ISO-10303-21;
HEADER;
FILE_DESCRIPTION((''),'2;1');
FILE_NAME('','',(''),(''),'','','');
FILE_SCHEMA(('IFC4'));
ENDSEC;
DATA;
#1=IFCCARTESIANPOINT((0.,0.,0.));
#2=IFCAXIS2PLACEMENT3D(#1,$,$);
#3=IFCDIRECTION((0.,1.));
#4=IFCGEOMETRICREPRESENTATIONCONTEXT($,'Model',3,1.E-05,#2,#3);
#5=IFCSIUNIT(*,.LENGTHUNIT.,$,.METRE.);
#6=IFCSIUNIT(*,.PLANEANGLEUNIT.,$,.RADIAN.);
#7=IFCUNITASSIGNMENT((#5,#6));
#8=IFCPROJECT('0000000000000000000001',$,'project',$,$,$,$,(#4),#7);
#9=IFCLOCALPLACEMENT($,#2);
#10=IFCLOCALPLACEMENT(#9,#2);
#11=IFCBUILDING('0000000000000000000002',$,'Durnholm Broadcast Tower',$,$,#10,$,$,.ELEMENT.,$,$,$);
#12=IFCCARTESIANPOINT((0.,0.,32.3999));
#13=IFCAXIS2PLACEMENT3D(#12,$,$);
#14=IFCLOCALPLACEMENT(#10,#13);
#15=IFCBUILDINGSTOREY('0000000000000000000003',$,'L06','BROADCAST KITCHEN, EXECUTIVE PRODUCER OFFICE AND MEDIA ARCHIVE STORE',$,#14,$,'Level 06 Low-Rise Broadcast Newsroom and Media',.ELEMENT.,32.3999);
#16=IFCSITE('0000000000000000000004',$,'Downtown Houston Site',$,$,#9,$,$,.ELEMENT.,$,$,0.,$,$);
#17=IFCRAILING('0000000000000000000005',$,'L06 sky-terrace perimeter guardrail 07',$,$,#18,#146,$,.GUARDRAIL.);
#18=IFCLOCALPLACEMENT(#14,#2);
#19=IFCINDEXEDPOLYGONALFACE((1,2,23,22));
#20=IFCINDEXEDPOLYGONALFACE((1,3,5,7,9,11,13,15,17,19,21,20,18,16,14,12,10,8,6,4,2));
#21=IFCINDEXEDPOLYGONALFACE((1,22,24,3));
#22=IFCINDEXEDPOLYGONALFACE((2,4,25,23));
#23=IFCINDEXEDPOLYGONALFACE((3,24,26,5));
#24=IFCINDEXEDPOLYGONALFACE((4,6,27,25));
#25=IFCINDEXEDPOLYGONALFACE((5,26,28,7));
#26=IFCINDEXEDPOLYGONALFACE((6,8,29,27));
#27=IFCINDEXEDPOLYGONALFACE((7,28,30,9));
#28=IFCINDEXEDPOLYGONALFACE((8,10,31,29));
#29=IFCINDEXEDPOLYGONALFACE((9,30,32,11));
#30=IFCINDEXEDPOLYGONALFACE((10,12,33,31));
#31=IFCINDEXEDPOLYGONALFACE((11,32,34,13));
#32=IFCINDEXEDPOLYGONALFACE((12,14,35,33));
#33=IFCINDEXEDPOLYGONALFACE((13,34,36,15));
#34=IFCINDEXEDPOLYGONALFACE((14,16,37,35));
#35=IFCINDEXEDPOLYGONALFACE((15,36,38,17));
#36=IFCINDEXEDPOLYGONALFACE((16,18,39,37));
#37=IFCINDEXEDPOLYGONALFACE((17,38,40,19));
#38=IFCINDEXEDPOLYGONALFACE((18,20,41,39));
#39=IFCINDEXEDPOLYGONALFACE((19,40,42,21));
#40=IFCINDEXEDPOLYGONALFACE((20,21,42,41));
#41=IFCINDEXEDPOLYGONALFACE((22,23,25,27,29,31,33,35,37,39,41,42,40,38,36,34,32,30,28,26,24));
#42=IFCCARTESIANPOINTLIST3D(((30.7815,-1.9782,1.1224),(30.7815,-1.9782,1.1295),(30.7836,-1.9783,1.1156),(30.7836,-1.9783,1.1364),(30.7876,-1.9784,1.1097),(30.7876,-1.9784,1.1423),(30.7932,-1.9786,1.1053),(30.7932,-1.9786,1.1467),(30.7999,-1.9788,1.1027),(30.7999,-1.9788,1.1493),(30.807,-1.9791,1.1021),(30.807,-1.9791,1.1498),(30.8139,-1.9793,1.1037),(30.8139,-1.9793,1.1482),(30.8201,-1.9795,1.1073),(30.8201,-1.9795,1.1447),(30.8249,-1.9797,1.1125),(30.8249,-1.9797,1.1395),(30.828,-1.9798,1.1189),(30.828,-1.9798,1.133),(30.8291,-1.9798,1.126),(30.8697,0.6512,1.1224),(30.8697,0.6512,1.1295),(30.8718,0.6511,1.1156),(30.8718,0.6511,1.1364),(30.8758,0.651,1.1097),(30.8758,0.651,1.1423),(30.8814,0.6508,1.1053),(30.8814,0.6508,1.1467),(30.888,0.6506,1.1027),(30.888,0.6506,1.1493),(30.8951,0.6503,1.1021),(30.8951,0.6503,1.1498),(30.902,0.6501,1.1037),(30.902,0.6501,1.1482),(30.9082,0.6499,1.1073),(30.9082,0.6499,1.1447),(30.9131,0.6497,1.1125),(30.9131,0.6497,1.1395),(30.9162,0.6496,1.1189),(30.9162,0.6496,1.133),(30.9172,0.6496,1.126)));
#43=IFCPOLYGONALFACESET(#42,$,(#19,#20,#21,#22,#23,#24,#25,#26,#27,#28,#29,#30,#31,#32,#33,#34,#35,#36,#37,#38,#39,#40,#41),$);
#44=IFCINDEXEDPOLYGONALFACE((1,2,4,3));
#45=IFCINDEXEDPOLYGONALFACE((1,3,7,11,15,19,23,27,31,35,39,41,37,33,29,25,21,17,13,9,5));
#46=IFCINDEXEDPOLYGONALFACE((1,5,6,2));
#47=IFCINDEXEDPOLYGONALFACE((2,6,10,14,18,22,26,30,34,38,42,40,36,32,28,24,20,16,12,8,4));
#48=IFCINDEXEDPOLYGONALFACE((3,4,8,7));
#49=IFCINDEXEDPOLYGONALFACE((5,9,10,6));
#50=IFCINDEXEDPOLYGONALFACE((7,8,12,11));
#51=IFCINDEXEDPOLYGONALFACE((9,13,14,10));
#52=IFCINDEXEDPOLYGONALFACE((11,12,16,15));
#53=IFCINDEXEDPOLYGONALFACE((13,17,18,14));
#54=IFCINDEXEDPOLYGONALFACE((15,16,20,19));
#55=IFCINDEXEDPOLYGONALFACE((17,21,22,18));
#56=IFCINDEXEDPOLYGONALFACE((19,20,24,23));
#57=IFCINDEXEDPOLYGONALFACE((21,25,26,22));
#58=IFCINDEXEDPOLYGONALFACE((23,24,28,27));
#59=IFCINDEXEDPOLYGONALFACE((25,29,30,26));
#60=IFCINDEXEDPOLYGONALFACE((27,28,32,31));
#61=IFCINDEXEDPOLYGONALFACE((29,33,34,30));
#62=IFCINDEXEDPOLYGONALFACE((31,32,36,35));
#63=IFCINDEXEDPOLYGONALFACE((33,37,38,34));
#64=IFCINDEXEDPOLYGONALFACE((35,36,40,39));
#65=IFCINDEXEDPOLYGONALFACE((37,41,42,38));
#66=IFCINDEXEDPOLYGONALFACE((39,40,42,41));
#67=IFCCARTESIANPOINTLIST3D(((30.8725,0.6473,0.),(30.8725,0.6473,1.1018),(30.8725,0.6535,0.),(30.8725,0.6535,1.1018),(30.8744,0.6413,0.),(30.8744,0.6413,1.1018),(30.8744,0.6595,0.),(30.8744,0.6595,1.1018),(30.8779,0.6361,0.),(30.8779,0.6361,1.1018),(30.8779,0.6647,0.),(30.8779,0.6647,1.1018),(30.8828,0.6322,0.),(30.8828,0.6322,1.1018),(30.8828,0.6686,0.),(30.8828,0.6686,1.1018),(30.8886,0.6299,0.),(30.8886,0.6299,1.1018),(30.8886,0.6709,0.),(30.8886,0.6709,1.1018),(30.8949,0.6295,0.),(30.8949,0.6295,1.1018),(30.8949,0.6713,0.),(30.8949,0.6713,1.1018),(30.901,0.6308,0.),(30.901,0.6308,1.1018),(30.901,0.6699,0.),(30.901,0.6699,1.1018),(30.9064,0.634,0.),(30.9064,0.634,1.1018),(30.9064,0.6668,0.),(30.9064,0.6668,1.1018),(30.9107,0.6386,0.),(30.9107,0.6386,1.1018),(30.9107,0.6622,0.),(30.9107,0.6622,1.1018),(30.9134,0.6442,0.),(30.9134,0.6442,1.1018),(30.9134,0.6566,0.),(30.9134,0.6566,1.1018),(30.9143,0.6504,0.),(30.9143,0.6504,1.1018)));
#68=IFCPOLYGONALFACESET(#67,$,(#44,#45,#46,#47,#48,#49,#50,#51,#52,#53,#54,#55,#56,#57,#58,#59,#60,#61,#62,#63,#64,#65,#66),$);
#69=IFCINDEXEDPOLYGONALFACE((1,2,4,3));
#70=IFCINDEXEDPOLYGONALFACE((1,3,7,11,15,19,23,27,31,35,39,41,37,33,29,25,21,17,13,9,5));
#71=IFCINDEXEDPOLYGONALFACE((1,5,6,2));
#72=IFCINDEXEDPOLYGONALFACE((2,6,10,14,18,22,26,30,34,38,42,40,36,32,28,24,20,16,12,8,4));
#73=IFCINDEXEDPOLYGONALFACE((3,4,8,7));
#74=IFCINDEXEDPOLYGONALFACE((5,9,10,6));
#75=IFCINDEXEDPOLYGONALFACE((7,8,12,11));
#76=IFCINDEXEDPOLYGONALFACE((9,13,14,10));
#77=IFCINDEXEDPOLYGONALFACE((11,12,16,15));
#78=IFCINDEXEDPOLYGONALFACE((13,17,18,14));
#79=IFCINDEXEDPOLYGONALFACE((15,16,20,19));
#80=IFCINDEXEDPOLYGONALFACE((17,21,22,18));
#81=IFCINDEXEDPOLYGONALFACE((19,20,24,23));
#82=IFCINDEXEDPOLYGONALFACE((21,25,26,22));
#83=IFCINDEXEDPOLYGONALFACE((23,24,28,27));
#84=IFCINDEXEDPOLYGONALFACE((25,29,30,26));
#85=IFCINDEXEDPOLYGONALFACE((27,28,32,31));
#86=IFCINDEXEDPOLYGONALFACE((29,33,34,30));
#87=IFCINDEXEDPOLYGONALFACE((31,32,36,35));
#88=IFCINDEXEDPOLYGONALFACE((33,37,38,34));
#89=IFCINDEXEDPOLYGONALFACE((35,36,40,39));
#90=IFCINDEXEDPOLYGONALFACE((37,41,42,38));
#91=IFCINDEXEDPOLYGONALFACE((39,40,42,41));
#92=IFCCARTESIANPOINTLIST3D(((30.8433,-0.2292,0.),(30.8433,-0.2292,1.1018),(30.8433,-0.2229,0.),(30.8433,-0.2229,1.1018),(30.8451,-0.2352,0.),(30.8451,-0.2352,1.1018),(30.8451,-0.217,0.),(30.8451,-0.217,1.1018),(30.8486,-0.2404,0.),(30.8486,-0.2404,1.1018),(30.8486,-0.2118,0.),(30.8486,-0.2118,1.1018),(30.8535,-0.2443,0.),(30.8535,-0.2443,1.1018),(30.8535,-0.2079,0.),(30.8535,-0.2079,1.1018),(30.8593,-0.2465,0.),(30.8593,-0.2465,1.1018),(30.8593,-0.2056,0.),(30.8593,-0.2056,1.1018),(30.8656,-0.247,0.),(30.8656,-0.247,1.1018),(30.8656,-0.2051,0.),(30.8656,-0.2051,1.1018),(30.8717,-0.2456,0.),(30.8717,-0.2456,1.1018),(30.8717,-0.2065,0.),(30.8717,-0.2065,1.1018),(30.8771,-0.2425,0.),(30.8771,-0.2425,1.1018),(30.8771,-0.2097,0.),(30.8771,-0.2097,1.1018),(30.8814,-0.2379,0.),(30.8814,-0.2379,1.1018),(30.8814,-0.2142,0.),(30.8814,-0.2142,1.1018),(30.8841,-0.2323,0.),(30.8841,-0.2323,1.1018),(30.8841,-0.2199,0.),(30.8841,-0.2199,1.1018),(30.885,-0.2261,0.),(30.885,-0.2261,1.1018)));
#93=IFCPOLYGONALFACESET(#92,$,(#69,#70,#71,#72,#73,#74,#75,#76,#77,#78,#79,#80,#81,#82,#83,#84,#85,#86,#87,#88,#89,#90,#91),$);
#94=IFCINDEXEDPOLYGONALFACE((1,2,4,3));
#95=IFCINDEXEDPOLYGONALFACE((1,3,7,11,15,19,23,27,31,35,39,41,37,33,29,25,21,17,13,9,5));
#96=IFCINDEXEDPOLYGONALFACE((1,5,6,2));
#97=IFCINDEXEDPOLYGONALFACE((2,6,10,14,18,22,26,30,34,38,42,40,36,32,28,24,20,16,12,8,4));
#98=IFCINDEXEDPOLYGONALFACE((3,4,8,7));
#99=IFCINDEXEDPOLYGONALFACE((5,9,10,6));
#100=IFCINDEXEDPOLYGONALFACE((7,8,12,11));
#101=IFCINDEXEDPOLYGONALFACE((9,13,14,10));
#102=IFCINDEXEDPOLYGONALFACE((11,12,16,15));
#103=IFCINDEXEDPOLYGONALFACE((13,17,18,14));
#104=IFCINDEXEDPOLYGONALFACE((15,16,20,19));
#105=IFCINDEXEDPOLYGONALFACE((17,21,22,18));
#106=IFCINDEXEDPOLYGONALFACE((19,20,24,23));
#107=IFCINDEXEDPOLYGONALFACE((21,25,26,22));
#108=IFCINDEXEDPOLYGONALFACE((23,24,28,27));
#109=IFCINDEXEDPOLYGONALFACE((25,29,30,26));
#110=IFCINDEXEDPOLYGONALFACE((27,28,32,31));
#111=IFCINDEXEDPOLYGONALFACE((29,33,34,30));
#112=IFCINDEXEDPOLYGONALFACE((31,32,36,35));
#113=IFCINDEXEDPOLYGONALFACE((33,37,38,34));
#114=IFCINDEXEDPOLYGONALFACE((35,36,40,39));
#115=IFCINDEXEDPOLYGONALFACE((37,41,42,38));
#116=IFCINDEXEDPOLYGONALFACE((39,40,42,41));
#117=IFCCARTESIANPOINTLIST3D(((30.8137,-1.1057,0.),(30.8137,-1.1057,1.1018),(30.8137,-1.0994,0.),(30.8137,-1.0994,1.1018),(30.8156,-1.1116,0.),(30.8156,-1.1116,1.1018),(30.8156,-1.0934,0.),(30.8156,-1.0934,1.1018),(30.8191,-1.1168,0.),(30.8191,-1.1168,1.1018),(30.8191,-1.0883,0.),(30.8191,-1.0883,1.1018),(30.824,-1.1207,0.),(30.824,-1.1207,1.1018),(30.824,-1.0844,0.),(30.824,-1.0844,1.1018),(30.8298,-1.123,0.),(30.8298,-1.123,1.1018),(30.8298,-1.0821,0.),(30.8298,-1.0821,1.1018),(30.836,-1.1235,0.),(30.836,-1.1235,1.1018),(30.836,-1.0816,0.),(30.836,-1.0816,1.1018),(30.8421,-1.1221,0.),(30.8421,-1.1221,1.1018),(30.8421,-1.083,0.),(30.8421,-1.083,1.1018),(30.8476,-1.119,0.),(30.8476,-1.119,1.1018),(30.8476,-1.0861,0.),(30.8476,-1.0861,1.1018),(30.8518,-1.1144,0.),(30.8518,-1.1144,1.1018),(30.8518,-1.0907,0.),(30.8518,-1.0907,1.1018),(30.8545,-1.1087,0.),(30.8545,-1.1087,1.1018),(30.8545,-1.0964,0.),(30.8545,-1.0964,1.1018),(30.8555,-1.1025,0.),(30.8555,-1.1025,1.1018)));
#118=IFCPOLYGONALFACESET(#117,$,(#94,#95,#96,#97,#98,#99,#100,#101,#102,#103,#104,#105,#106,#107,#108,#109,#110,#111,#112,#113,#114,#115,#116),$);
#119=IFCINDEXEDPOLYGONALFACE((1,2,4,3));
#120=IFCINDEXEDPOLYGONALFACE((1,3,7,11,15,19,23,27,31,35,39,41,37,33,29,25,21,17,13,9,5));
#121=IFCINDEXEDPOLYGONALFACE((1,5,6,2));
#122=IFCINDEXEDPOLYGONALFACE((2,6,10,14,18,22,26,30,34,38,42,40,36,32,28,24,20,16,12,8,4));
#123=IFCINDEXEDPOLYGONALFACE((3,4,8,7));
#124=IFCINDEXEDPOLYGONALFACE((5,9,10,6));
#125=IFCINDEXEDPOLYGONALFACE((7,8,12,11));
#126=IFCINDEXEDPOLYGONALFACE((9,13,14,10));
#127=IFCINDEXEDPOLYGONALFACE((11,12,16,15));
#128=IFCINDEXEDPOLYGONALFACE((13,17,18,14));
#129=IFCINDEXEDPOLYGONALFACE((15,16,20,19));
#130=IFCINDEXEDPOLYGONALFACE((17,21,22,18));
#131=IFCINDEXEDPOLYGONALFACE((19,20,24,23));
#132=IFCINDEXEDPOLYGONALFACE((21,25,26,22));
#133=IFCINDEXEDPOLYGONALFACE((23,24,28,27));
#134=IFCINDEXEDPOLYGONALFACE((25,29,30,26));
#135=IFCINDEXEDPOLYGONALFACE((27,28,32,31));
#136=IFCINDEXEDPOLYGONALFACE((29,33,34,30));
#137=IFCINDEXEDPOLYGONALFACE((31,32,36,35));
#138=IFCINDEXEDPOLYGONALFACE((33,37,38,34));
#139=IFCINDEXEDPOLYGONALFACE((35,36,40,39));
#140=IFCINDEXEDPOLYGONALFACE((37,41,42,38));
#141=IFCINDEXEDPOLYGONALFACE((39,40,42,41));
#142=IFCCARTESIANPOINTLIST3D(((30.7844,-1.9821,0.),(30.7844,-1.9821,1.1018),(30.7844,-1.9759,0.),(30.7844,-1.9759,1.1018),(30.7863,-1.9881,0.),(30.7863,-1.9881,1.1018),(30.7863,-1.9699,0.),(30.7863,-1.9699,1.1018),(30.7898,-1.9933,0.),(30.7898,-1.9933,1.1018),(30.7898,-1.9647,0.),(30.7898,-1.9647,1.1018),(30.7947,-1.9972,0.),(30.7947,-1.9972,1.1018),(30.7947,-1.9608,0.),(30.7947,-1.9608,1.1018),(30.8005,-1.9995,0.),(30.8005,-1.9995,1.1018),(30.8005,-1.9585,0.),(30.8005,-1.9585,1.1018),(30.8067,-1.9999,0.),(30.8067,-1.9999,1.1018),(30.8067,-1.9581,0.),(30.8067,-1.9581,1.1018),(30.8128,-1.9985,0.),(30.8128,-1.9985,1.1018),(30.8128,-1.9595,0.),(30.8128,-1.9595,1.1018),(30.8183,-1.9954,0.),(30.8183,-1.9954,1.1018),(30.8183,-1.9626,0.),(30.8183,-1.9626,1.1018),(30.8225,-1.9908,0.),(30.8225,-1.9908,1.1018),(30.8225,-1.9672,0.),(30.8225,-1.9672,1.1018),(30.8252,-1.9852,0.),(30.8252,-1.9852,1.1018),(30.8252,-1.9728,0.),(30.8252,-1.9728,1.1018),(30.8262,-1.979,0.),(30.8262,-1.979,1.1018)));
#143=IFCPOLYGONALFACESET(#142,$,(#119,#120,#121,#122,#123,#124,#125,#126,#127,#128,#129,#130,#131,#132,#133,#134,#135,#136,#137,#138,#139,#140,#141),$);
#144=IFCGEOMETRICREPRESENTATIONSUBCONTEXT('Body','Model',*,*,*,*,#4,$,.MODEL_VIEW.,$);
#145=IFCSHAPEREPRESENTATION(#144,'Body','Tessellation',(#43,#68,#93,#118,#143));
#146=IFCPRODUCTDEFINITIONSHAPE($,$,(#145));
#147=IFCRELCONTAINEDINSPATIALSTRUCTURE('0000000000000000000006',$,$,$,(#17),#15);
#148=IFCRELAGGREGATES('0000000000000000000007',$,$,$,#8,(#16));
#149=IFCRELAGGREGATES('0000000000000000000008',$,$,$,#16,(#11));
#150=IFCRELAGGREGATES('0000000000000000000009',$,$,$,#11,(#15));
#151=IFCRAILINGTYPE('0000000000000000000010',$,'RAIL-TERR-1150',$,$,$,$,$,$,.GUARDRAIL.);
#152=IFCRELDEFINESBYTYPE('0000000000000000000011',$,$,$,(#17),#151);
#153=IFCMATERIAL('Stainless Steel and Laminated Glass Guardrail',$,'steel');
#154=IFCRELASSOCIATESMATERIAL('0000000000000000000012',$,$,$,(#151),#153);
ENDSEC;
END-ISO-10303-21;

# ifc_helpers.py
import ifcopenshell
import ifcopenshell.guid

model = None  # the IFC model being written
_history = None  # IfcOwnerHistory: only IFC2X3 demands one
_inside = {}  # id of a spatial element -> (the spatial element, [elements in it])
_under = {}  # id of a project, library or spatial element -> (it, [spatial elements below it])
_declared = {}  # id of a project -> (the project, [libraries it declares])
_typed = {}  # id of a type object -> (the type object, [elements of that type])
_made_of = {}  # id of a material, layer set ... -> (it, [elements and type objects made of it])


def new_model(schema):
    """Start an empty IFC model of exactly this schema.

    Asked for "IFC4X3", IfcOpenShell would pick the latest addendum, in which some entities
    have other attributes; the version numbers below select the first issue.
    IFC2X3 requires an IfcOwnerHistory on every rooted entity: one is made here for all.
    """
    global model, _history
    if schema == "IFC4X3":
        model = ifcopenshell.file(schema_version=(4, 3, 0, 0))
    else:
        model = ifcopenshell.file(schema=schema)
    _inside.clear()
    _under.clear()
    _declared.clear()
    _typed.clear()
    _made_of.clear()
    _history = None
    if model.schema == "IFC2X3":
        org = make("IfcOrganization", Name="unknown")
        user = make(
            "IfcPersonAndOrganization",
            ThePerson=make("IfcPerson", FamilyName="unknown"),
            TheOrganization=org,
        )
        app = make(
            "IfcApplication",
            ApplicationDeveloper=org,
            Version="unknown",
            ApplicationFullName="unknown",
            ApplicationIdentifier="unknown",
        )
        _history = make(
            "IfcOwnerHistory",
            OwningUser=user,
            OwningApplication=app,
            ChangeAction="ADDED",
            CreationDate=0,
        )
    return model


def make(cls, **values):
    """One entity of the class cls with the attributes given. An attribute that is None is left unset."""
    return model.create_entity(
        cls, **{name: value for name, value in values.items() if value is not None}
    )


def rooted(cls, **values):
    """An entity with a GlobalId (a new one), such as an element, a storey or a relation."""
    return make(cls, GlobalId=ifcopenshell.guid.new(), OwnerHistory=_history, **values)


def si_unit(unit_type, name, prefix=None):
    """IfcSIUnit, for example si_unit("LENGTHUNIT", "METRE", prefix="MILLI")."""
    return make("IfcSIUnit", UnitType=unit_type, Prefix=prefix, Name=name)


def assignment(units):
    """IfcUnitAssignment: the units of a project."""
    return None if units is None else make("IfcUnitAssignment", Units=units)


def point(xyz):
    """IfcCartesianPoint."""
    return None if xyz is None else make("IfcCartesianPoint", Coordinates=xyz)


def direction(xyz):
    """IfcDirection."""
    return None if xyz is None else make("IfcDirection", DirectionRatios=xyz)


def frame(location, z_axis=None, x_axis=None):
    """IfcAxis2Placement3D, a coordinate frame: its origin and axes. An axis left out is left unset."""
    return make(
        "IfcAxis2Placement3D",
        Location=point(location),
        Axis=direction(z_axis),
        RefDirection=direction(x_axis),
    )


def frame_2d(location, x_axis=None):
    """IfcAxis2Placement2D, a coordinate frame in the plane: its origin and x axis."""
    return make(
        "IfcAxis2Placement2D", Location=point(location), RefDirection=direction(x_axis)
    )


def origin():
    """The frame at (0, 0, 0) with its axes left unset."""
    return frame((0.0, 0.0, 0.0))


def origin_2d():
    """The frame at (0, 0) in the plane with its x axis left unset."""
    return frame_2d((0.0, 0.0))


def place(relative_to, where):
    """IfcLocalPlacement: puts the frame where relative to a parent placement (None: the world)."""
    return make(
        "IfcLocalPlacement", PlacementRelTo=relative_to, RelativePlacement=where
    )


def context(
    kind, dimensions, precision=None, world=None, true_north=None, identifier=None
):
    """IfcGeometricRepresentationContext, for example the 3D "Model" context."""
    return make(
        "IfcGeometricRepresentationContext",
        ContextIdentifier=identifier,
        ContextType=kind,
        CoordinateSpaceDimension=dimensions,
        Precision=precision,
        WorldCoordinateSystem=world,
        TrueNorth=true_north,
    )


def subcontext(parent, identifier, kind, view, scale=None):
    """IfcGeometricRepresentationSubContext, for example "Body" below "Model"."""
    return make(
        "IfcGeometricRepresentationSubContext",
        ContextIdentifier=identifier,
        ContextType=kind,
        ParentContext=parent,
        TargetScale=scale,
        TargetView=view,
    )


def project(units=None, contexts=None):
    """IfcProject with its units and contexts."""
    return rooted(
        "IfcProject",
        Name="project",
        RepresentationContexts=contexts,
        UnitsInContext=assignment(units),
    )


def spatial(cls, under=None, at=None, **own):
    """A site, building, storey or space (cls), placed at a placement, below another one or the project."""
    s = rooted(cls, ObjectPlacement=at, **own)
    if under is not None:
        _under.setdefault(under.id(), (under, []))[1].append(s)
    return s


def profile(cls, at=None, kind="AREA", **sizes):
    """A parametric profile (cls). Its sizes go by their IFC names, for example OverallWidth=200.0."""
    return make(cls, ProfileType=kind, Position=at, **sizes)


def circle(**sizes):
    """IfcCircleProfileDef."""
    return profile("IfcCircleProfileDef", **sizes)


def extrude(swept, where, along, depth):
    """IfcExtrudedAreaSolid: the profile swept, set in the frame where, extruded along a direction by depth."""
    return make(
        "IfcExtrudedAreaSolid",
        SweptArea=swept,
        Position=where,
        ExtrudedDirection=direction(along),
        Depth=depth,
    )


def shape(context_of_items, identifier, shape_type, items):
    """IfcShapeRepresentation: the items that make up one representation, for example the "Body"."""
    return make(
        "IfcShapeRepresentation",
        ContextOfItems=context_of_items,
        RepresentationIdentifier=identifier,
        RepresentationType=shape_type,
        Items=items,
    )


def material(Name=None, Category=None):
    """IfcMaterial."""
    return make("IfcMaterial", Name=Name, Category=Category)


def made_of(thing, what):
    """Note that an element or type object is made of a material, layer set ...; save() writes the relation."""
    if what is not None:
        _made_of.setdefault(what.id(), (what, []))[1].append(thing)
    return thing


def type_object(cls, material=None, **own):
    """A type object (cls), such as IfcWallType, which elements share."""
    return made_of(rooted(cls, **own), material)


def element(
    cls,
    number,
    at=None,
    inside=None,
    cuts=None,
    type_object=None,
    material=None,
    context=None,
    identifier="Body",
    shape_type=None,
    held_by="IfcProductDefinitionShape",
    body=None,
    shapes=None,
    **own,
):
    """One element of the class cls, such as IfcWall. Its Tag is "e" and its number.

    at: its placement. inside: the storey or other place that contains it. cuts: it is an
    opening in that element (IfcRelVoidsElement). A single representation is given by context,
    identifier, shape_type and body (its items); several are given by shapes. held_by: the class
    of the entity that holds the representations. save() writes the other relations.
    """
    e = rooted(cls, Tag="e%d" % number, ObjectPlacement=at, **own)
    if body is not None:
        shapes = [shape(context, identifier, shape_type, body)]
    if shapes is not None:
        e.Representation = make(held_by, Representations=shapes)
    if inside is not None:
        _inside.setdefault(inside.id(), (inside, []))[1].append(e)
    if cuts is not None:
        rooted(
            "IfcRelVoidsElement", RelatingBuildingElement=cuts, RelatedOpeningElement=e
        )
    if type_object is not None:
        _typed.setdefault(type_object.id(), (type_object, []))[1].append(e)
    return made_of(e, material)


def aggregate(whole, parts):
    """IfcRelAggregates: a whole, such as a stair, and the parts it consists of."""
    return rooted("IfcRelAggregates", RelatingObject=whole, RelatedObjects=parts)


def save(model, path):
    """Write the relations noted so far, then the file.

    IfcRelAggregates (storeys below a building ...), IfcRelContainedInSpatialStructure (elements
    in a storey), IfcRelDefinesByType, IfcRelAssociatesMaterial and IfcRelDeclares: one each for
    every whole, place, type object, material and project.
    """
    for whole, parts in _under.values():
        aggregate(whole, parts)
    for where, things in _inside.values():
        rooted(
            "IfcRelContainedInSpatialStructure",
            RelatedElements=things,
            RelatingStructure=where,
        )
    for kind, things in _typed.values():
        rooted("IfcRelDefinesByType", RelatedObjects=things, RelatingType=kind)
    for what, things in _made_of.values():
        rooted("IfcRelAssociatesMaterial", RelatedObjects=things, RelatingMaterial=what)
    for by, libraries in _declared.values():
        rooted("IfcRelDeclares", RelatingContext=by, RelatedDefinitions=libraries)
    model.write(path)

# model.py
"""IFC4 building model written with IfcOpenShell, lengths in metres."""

from ifc_helpers import new_model, si_unit, direction, frame, origin, origin_2d, place, context, subcontext, project, spatial, circle, extrude, material, type_object, element, save


model = new_model("IFC4")

# Units and contexts
model_context = context("Model", 3, precision=1e-05, world=origin(), true_north=direction((0.0, 1.0)))
body_context = subcontext(model_context, "Body", "Model", "MODEL_VIEW")
ifc_project = project(units=[si_unit("LENGTHUNIT", "METRE"), si_unit("PLANEANGLEUNIT", "RADIAN")], contexts=[model_context])

# Site, building, storey
site_placement = place(None, origin())
site = spatial("IfcSite", under=ifc_project, at=site_placement, Name="Downtown Houston Site", CompositionType="ELEMENT", RefElevation=0.0)
building_placement = place(site_placement, origin())
building = spatial("IfcBuilding", under=site, at=building_placement, Name="Durnholm Broadcast Tower", CompositionType="ELEMENT")
storey_placement = place(building_placement, frame((0.0, 0.0, 32.3999)))
storey = spatial("IfcBuildingStorey", under=building, at=storey_placement, Name="L06", Description="BROADCAST KITCHEN, EXECUTIVE PRODUCER OFFICE AND MEDIA ARCHIVE STORE", LongName="Level 06 Low-Rise Broadcast Newsroom and Media", CompositionType="ELEMENT", Elevation=32.3999)

# Railing
ifc_material_1 = material(Name="Stainless Steel and Laminated Glass Guardrail", Category="steel")
railing_type = type_object("IfcRailingType", Name="RAIL-TERR-1150", PredefinedType="GUARDRAIL", material=ifc_material_1)
railing_1_placement = place(storey_placement, frame((30.8933, 0.6504, 0.0)))
element("IfcRailing", 1, at=railing_1_placement, inside=storey, type_object=railing_type, Name="L06 sky-terrace perimeter guardrail 07", PredefinedType="GUARDRAIL", context=body_context, shape_type="SweptSolid", body=[
    extrude(circle(Radius=0.0239, at=origin_2d()), frame((0.0, 0.0, 1.126), z_axis=(-0.0335, -0.999439, 0.0), x_axis=(0.999439, -0.0335, 0.0)), (0.0, 0.0, 1.0), 2.6309),
    extrude(circle(Radius=0.021, at=origin_2d()), origin(), (0.0, 0.0, 1.0), 1.1018),
    extrude(circle(Radius=0.021, at=origin_2d()), frame((-0.0293, -0.8765, 0.0)), (0.0, 0.0, 1.0), 1.1018),
    extrude(circle(Radius=0.021, at=origin_2d()), frame((-0.0588, -1.7529, 0.0)), (0.0, 0.0, 1.0), 1.1018),
    extrude(circle(Radius=0.021, at=origin_2d()), frame((-0.0881, -2.6294, 0.0)), (0.0, 0.0, 1.0), 1.1018),
])

save(model, "model.ifc")
